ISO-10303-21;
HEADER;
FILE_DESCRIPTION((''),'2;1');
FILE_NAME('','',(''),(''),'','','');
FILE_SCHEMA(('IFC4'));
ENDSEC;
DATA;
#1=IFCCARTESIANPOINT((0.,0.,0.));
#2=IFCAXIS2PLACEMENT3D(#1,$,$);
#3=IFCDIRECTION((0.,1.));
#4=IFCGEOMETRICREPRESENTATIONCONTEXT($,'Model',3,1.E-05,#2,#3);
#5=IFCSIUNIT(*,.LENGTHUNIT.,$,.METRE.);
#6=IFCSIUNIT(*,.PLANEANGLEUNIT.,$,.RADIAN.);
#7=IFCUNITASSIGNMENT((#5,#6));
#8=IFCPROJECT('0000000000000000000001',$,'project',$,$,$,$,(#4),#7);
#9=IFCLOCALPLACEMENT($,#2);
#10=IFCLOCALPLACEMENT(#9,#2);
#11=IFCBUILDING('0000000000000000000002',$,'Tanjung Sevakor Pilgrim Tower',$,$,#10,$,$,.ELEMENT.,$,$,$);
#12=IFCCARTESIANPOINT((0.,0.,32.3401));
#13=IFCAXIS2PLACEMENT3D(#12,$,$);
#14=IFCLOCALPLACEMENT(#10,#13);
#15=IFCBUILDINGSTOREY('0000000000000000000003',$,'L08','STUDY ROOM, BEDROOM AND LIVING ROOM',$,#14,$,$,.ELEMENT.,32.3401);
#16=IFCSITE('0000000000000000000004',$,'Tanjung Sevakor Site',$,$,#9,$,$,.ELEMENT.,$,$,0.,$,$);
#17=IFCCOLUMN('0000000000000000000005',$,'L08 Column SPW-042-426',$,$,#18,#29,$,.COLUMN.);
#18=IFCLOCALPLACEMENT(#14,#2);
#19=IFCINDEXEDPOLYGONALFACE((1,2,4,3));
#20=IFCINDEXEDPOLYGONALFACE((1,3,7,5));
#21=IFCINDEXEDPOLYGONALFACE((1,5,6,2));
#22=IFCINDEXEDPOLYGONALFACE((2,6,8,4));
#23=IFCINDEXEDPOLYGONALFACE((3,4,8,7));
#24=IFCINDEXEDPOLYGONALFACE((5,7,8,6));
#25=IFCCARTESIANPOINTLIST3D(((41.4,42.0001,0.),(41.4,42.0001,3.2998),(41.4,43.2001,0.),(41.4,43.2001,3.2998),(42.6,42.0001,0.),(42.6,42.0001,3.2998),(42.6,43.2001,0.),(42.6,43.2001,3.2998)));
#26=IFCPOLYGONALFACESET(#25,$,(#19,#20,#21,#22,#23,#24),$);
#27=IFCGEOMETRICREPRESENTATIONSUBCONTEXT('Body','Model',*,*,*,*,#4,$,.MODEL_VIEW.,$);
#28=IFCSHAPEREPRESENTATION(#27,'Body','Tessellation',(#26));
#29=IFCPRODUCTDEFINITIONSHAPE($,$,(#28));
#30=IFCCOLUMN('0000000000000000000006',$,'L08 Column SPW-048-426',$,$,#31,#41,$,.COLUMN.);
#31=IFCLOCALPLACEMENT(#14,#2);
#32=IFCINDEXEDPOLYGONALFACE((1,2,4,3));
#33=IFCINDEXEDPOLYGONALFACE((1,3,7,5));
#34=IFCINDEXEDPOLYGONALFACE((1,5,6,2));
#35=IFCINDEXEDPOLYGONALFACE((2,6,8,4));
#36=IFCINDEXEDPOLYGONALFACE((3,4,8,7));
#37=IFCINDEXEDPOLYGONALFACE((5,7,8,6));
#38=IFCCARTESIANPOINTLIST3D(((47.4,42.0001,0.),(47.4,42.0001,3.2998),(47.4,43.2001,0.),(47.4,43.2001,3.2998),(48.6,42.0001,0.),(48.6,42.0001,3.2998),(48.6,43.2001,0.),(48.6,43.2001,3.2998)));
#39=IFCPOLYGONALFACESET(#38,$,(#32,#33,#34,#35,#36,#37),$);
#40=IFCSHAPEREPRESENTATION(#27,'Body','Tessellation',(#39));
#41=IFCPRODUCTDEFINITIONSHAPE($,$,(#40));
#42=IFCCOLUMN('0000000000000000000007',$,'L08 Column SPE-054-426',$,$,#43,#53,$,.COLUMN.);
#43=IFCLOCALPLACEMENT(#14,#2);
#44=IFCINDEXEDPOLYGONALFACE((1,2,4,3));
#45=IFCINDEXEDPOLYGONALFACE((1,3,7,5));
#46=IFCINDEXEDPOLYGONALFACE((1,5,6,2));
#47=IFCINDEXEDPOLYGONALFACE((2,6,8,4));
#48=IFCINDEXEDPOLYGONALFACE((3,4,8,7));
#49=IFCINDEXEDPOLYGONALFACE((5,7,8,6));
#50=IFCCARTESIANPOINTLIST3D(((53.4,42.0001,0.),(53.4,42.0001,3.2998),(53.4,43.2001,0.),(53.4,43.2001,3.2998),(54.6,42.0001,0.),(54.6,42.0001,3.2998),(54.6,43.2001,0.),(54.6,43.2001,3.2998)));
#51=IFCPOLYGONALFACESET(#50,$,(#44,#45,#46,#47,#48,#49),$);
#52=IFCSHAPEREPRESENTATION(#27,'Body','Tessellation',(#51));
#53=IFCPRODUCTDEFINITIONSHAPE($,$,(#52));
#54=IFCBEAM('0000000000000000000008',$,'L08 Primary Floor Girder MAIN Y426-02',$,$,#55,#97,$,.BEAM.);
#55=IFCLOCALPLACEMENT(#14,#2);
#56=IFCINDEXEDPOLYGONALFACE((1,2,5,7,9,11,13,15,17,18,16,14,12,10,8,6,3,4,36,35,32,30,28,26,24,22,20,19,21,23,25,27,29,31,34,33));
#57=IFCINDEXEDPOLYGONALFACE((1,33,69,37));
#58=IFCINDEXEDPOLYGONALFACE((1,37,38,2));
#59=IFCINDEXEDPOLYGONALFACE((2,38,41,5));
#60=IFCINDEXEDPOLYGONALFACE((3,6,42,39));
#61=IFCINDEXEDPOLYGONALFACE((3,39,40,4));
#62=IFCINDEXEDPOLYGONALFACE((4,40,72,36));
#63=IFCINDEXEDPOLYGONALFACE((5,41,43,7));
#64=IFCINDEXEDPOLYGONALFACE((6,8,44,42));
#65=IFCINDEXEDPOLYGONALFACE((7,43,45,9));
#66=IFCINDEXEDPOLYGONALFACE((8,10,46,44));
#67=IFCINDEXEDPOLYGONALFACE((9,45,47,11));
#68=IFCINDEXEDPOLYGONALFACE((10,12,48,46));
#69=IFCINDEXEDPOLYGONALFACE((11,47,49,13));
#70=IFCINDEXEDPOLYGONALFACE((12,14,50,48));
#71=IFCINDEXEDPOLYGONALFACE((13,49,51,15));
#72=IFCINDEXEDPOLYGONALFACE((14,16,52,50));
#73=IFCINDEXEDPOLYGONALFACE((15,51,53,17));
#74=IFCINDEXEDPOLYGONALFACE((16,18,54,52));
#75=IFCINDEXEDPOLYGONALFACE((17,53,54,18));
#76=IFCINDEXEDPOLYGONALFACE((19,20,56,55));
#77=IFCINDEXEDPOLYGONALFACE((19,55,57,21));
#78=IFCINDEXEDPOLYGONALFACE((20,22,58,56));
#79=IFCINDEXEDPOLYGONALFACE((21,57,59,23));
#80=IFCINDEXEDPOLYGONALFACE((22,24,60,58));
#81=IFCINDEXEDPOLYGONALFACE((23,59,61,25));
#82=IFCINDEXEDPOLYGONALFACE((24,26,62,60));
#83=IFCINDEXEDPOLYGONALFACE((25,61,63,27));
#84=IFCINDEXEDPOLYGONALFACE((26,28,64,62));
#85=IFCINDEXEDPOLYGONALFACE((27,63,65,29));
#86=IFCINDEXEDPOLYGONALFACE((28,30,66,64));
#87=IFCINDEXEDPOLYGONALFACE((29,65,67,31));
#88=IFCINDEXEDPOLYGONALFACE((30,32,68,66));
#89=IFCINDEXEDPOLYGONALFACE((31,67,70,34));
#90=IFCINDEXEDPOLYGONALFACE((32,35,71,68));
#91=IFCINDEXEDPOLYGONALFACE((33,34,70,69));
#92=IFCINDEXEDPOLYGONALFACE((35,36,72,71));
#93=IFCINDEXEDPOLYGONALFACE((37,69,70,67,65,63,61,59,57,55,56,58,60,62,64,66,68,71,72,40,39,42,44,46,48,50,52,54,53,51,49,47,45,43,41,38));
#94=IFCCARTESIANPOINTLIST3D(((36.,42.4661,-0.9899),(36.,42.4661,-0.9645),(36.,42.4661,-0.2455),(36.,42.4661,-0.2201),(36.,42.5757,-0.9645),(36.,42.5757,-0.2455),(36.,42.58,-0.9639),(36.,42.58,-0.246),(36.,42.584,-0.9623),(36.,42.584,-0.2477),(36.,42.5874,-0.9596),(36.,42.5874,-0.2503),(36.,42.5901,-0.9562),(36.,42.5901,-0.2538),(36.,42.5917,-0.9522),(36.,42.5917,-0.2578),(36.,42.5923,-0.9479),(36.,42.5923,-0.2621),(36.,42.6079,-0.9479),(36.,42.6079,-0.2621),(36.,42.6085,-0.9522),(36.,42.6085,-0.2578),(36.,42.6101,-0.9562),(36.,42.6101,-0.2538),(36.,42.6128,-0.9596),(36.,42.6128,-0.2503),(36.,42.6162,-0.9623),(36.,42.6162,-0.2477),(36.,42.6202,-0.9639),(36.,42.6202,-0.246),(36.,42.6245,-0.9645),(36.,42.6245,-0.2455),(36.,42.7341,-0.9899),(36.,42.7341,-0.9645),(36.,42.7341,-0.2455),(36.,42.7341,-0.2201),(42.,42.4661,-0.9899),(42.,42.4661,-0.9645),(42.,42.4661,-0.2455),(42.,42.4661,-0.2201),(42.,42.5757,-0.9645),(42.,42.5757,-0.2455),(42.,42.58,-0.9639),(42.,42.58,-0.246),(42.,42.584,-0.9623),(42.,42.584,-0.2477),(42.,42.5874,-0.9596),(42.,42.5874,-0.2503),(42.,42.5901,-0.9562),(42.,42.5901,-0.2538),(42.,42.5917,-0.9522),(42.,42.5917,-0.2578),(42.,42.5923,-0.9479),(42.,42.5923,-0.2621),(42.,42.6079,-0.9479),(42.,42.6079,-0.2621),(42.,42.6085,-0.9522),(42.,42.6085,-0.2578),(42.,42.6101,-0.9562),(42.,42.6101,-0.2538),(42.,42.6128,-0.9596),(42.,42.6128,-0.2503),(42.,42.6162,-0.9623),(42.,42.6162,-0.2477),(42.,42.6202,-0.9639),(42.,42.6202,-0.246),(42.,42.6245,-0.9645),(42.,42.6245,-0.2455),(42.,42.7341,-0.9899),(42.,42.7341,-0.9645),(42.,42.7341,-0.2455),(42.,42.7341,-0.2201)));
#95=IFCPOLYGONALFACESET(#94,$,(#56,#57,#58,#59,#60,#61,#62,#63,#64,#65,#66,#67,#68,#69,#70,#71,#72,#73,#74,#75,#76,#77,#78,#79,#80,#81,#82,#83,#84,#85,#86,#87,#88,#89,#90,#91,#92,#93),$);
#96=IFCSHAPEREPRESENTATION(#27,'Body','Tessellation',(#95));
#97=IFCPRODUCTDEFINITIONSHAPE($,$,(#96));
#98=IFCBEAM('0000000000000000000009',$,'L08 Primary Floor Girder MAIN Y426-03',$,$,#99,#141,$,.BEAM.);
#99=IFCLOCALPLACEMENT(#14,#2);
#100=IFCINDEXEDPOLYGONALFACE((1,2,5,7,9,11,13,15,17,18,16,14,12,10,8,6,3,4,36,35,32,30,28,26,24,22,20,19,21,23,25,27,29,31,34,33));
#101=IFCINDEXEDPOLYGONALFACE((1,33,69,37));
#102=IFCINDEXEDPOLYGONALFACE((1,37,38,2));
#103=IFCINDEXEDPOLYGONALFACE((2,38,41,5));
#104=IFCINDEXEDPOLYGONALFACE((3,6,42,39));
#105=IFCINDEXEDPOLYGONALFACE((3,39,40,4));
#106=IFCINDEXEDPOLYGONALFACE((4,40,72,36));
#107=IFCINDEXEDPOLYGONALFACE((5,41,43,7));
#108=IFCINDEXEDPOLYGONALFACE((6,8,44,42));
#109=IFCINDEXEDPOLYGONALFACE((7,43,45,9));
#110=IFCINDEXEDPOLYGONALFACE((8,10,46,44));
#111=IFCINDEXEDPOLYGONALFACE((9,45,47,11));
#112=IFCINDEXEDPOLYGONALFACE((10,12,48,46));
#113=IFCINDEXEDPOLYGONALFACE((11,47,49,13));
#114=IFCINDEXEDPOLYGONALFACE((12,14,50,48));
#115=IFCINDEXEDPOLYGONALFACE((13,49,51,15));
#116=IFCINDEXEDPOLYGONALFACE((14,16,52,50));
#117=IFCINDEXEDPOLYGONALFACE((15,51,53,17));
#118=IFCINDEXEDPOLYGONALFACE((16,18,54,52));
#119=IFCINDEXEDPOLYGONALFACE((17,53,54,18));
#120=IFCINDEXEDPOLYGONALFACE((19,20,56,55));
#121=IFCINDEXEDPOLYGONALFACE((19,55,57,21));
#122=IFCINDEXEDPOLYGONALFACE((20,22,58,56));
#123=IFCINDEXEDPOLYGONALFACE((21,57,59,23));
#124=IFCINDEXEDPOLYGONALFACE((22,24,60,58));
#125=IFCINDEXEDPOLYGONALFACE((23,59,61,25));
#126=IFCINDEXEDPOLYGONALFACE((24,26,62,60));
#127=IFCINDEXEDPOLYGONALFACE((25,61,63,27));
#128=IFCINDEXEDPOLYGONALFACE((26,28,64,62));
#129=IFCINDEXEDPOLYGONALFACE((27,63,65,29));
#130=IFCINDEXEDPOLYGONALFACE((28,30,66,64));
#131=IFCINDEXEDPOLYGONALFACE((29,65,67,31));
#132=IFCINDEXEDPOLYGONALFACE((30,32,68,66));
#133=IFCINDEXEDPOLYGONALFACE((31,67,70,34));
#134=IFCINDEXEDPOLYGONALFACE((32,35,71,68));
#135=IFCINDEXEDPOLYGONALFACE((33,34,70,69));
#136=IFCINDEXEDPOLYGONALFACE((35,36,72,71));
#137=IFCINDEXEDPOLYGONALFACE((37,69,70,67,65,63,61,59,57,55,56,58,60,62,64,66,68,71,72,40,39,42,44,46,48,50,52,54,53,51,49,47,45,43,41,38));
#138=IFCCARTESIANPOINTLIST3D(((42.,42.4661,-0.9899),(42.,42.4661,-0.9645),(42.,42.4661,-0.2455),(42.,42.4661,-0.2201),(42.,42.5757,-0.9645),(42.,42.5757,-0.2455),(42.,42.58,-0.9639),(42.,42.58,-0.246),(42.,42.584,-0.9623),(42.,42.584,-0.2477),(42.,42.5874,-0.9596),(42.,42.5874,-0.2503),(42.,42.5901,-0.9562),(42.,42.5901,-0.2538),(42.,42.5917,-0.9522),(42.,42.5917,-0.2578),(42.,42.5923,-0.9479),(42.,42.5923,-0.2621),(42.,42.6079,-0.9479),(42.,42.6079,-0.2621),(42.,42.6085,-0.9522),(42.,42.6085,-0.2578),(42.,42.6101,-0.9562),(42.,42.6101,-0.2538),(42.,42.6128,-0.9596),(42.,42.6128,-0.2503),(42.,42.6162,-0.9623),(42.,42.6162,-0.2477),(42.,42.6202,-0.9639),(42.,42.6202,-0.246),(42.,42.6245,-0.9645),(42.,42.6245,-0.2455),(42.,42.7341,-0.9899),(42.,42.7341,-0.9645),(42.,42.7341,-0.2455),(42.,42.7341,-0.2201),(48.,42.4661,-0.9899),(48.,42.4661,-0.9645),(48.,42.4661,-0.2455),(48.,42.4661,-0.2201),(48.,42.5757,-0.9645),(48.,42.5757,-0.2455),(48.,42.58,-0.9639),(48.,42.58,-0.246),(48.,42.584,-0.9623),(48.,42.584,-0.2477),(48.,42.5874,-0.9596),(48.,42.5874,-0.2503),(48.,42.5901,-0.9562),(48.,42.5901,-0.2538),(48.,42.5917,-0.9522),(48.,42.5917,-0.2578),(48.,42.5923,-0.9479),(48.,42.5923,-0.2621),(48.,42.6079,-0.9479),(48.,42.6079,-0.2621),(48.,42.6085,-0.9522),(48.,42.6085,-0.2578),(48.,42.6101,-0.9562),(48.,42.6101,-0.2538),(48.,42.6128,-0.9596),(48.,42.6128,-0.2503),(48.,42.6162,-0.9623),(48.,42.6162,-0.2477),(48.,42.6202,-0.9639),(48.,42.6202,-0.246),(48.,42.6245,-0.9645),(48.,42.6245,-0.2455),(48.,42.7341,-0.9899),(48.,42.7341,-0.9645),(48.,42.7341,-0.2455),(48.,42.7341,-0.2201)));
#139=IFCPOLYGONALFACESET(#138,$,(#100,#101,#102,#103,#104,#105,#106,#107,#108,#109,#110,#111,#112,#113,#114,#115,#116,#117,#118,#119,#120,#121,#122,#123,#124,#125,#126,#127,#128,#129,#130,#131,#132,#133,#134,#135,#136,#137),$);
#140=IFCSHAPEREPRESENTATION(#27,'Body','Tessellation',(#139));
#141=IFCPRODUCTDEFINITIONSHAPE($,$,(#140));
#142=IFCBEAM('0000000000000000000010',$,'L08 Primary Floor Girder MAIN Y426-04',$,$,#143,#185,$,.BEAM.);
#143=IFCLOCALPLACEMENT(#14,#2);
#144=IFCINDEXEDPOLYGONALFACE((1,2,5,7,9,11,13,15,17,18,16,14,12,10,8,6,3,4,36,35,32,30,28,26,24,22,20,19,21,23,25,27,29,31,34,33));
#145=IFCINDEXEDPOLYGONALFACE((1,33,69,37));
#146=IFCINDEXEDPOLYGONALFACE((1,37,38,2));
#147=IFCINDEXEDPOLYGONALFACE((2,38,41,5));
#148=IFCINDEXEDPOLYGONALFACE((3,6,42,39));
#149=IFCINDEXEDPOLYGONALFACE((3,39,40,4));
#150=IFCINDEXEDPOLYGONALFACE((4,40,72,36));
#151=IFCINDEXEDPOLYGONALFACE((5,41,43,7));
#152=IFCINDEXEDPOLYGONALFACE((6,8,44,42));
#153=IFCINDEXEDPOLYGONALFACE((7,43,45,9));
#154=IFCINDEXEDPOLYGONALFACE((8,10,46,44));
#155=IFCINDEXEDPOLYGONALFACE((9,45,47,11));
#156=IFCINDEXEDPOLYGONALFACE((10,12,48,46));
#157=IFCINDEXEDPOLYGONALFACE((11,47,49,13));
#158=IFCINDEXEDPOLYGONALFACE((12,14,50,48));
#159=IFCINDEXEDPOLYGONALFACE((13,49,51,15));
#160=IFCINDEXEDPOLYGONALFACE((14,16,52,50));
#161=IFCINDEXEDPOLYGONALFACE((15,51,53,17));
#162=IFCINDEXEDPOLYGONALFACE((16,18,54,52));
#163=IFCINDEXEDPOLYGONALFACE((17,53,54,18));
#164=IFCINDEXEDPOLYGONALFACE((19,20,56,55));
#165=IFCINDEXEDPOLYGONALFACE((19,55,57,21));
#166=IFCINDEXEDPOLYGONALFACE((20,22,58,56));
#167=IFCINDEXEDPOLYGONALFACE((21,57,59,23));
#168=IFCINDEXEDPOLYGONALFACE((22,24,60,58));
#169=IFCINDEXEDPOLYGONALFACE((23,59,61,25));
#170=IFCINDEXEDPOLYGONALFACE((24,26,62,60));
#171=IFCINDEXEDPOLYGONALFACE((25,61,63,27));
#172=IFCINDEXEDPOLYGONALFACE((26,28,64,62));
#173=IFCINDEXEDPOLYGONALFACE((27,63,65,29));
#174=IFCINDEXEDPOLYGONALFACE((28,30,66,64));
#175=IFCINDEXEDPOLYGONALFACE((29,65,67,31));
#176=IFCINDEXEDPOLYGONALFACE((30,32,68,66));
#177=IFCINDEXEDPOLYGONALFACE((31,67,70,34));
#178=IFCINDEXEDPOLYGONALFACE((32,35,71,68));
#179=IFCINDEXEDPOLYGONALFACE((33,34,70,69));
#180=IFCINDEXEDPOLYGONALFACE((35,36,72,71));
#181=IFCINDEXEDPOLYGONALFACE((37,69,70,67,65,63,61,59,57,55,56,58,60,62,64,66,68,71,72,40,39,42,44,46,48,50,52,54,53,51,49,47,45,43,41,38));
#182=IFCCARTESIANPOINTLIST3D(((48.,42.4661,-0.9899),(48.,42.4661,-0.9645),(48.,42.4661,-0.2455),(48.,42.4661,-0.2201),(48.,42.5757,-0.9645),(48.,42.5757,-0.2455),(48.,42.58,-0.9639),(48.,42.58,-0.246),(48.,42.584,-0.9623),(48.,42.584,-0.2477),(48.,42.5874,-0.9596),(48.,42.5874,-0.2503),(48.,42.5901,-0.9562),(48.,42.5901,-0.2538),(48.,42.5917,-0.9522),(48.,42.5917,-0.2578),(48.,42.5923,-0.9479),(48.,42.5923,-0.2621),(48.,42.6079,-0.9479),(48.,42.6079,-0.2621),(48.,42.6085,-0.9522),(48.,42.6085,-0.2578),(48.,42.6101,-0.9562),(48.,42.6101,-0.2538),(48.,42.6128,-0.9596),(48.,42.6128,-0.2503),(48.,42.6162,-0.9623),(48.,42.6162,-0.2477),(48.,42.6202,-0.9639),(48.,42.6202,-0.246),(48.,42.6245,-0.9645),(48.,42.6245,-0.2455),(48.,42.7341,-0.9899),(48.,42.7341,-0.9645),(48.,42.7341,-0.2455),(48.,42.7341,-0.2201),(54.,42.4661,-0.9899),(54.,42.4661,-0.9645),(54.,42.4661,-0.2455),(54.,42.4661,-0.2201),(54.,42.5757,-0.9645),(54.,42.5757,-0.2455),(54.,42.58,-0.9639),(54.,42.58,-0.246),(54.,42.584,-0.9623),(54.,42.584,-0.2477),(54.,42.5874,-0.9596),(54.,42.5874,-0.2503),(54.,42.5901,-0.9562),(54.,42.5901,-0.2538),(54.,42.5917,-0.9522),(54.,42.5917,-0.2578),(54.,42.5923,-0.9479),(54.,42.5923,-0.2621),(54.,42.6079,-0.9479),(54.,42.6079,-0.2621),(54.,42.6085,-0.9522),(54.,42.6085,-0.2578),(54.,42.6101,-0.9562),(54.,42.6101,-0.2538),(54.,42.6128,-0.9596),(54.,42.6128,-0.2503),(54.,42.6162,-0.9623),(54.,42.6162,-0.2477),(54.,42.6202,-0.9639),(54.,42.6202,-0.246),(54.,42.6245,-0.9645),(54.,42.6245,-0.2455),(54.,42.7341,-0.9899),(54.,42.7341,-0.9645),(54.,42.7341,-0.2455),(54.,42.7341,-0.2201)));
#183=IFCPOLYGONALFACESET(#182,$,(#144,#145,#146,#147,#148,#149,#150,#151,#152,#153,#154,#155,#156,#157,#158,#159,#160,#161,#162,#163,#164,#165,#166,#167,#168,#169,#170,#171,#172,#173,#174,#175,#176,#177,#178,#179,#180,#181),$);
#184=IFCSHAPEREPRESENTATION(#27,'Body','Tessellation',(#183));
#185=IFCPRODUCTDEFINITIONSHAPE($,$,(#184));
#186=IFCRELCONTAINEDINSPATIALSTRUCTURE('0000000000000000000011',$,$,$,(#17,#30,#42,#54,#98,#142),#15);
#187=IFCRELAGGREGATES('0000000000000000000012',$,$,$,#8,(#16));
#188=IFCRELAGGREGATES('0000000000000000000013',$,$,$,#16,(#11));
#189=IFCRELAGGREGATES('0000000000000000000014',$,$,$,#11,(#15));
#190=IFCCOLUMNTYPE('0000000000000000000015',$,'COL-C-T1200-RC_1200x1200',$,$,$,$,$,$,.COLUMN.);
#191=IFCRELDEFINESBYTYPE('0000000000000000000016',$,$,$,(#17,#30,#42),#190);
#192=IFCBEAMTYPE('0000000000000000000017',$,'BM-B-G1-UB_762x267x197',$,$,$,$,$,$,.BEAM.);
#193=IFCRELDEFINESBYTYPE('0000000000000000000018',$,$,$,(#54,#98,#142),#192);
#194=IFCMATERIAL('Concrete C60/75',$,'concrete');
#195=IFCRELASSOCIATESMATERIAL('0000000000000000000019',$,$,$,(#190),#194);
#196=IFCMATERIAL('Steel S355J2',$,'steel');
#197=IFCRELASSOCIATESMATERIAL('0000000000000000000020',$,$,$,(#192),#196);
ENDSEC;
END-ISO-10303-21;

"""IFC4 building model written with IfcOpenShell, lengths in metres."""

from ifc_helpers import new_model, si_unit, direction, frame, origin, origin_2d, place, context, subcontext, project, spatial, rectangle, i_section, extrude, material, material_profile, profile_set, type_object, element, save


model = new_model("IFC4")

# Units and contexts
model_context = context("Model", 3, precision=1e-05, world=origin(), true_north=direction((0.0, 1.0)))
body_context = subcontext(model_context, "Body", "Model", "MODEL_VIEW")
ifc_project = project(units=[si_unit("LENGTHUNIT", "METRE"), si_unit("PLANEANGLEUNIT", "RADIAN")], contexts=[model_context])

# Site, building, storey
site_placement = place(None, origin())
site = spatial("IfcSite", under=ifc_project, at=site_placement, Name="Tanjung Sevakor Site", CompositionType="ELEMENT", RefElevation=0.0)
building_placement = place(site_placement, origin())
building = spatial("IfcBuilding", under=site, at=building_placement, Name="Tanjung Sevakor Pilgrim Tower", CompositionType="ELEMENT")
storey_placement = place(building_placement, frame((0.0, 0.0, 32.3401)))
storey = spatial("IfcBuildingStorey", under=building, at=storey_placement, Name="L08", Description="STUDY ROOM, BEDROOM AND LIVING ROOM", CompositionType="ELEMENT", Elevation=32.3401)

# Columns
ifc_material_1 = material(Name="Concrete C60/75", Category="concrete")
ifc_material_profile_1 = material_profile(ifc_material_1, rectangle(XDim=1.2, YDim=1.2, at=origin_2d()))
ifc_profile_set_1 = profile_set([ifc_material_profile_1], Name="Concrete C60/75")
column_type = type_object("IfcColumnType", Name="COL-C-T1200-RC_1200x1200", PredefinedType="COLUMN", material=ifc_profile_set_1)
for number, where, z_axis, x_axis, name in (
    (1, (42.0, 42.6001, 0.0), (0.0, 0.0, 1.0), (1.0, 0.0, 0.0), "L08 Column SPW-042-426"),
    (2, (48.0, 42.6001, 0.0), (0.0, 0.0, 1.0), (1.0, 0.0, 0.0), "L08 Column SPW-048-426"),
    (3, (54.0, 42.6001, 0.0), (0.0, 0.0, 1.0), (1.0, 0.0, 0.0), "L08 Column SPE-054-426"),
):
    element("IfcColumn", number, at=place(storey_placement, frame(where, z_axis=z_axis, x_axis=x_axis)), inside=storey, type_object=column_type, Name=name, PredefinedType="COLUMN", context=body_context, shape_type="SweptSolid", body=[
        extrude(rectangle(XDim=1.2, YDim=1.2, at=origin_2d()), origin(), (0.0, 0.0, 1.0), 3.2998),
    ])

# Beams
ifc_material_2 = material(Name="Steel S355J2", Category="steel")
ifc_material_profile_2 = material_profile(ifc_material_2, i_section(OverallWidth=0.2681, OverallDepth=0.7698, WebThickness=0.0156, FlangeThickness=0.0254, FilletRadius=0.0166, at=origin_2d()))
ifc_profile_set_2 = profile_set([ifc_material_profile_2], Name="Steel S355J2")
beam_type_1 = type_object("IfcBeamType", Name="BM-B-G1-UB_762x267x197", PredefinedType="BEAM", material=ifc_profile_set_2)
for number, where, z_axis, x_axis, name in (
    (4, (36.0, 42.6001, -0.605), (1.0, 0.0, 0.0), (0.0, 1.0, 0.0), "L08 Primary Floor Girder MAIN Y426-02"),
    (5, (42.0, 42.6001, -0.605), (1.0, 0.0, 0.0), (0.0, 1.0, 0.0), "L08 Primary Floor Girder MAIN Y426-03"),
    (6, (48.0, 42.6001, -0.605), (1.0, 0.0, 0.0), (0.0, 1.0, 0.0), "L08 Primary Floor Girder MAIN Y426-04"),
):
    element("IfcBeam", number, at=place(storey_placement, frame(where, z_axis=z_axis, x_axis=x_axis)), inside=storey, type_object=beam_type_1, Name=name, PredefinedType="BEAM", context=body_context, shape_type="SweptSolid", body=[
        extrude(i_section(OverallWidth=0.2681, OverallDepth=0.7698, WebThickness=0.0156, FlangeThickness=0.0254, FilletRadius=0.0166, at=origin_2d()), origin(), (0.0, 0.0, 1.0), 6.0),
    ])

save(model, "model.ifc")
